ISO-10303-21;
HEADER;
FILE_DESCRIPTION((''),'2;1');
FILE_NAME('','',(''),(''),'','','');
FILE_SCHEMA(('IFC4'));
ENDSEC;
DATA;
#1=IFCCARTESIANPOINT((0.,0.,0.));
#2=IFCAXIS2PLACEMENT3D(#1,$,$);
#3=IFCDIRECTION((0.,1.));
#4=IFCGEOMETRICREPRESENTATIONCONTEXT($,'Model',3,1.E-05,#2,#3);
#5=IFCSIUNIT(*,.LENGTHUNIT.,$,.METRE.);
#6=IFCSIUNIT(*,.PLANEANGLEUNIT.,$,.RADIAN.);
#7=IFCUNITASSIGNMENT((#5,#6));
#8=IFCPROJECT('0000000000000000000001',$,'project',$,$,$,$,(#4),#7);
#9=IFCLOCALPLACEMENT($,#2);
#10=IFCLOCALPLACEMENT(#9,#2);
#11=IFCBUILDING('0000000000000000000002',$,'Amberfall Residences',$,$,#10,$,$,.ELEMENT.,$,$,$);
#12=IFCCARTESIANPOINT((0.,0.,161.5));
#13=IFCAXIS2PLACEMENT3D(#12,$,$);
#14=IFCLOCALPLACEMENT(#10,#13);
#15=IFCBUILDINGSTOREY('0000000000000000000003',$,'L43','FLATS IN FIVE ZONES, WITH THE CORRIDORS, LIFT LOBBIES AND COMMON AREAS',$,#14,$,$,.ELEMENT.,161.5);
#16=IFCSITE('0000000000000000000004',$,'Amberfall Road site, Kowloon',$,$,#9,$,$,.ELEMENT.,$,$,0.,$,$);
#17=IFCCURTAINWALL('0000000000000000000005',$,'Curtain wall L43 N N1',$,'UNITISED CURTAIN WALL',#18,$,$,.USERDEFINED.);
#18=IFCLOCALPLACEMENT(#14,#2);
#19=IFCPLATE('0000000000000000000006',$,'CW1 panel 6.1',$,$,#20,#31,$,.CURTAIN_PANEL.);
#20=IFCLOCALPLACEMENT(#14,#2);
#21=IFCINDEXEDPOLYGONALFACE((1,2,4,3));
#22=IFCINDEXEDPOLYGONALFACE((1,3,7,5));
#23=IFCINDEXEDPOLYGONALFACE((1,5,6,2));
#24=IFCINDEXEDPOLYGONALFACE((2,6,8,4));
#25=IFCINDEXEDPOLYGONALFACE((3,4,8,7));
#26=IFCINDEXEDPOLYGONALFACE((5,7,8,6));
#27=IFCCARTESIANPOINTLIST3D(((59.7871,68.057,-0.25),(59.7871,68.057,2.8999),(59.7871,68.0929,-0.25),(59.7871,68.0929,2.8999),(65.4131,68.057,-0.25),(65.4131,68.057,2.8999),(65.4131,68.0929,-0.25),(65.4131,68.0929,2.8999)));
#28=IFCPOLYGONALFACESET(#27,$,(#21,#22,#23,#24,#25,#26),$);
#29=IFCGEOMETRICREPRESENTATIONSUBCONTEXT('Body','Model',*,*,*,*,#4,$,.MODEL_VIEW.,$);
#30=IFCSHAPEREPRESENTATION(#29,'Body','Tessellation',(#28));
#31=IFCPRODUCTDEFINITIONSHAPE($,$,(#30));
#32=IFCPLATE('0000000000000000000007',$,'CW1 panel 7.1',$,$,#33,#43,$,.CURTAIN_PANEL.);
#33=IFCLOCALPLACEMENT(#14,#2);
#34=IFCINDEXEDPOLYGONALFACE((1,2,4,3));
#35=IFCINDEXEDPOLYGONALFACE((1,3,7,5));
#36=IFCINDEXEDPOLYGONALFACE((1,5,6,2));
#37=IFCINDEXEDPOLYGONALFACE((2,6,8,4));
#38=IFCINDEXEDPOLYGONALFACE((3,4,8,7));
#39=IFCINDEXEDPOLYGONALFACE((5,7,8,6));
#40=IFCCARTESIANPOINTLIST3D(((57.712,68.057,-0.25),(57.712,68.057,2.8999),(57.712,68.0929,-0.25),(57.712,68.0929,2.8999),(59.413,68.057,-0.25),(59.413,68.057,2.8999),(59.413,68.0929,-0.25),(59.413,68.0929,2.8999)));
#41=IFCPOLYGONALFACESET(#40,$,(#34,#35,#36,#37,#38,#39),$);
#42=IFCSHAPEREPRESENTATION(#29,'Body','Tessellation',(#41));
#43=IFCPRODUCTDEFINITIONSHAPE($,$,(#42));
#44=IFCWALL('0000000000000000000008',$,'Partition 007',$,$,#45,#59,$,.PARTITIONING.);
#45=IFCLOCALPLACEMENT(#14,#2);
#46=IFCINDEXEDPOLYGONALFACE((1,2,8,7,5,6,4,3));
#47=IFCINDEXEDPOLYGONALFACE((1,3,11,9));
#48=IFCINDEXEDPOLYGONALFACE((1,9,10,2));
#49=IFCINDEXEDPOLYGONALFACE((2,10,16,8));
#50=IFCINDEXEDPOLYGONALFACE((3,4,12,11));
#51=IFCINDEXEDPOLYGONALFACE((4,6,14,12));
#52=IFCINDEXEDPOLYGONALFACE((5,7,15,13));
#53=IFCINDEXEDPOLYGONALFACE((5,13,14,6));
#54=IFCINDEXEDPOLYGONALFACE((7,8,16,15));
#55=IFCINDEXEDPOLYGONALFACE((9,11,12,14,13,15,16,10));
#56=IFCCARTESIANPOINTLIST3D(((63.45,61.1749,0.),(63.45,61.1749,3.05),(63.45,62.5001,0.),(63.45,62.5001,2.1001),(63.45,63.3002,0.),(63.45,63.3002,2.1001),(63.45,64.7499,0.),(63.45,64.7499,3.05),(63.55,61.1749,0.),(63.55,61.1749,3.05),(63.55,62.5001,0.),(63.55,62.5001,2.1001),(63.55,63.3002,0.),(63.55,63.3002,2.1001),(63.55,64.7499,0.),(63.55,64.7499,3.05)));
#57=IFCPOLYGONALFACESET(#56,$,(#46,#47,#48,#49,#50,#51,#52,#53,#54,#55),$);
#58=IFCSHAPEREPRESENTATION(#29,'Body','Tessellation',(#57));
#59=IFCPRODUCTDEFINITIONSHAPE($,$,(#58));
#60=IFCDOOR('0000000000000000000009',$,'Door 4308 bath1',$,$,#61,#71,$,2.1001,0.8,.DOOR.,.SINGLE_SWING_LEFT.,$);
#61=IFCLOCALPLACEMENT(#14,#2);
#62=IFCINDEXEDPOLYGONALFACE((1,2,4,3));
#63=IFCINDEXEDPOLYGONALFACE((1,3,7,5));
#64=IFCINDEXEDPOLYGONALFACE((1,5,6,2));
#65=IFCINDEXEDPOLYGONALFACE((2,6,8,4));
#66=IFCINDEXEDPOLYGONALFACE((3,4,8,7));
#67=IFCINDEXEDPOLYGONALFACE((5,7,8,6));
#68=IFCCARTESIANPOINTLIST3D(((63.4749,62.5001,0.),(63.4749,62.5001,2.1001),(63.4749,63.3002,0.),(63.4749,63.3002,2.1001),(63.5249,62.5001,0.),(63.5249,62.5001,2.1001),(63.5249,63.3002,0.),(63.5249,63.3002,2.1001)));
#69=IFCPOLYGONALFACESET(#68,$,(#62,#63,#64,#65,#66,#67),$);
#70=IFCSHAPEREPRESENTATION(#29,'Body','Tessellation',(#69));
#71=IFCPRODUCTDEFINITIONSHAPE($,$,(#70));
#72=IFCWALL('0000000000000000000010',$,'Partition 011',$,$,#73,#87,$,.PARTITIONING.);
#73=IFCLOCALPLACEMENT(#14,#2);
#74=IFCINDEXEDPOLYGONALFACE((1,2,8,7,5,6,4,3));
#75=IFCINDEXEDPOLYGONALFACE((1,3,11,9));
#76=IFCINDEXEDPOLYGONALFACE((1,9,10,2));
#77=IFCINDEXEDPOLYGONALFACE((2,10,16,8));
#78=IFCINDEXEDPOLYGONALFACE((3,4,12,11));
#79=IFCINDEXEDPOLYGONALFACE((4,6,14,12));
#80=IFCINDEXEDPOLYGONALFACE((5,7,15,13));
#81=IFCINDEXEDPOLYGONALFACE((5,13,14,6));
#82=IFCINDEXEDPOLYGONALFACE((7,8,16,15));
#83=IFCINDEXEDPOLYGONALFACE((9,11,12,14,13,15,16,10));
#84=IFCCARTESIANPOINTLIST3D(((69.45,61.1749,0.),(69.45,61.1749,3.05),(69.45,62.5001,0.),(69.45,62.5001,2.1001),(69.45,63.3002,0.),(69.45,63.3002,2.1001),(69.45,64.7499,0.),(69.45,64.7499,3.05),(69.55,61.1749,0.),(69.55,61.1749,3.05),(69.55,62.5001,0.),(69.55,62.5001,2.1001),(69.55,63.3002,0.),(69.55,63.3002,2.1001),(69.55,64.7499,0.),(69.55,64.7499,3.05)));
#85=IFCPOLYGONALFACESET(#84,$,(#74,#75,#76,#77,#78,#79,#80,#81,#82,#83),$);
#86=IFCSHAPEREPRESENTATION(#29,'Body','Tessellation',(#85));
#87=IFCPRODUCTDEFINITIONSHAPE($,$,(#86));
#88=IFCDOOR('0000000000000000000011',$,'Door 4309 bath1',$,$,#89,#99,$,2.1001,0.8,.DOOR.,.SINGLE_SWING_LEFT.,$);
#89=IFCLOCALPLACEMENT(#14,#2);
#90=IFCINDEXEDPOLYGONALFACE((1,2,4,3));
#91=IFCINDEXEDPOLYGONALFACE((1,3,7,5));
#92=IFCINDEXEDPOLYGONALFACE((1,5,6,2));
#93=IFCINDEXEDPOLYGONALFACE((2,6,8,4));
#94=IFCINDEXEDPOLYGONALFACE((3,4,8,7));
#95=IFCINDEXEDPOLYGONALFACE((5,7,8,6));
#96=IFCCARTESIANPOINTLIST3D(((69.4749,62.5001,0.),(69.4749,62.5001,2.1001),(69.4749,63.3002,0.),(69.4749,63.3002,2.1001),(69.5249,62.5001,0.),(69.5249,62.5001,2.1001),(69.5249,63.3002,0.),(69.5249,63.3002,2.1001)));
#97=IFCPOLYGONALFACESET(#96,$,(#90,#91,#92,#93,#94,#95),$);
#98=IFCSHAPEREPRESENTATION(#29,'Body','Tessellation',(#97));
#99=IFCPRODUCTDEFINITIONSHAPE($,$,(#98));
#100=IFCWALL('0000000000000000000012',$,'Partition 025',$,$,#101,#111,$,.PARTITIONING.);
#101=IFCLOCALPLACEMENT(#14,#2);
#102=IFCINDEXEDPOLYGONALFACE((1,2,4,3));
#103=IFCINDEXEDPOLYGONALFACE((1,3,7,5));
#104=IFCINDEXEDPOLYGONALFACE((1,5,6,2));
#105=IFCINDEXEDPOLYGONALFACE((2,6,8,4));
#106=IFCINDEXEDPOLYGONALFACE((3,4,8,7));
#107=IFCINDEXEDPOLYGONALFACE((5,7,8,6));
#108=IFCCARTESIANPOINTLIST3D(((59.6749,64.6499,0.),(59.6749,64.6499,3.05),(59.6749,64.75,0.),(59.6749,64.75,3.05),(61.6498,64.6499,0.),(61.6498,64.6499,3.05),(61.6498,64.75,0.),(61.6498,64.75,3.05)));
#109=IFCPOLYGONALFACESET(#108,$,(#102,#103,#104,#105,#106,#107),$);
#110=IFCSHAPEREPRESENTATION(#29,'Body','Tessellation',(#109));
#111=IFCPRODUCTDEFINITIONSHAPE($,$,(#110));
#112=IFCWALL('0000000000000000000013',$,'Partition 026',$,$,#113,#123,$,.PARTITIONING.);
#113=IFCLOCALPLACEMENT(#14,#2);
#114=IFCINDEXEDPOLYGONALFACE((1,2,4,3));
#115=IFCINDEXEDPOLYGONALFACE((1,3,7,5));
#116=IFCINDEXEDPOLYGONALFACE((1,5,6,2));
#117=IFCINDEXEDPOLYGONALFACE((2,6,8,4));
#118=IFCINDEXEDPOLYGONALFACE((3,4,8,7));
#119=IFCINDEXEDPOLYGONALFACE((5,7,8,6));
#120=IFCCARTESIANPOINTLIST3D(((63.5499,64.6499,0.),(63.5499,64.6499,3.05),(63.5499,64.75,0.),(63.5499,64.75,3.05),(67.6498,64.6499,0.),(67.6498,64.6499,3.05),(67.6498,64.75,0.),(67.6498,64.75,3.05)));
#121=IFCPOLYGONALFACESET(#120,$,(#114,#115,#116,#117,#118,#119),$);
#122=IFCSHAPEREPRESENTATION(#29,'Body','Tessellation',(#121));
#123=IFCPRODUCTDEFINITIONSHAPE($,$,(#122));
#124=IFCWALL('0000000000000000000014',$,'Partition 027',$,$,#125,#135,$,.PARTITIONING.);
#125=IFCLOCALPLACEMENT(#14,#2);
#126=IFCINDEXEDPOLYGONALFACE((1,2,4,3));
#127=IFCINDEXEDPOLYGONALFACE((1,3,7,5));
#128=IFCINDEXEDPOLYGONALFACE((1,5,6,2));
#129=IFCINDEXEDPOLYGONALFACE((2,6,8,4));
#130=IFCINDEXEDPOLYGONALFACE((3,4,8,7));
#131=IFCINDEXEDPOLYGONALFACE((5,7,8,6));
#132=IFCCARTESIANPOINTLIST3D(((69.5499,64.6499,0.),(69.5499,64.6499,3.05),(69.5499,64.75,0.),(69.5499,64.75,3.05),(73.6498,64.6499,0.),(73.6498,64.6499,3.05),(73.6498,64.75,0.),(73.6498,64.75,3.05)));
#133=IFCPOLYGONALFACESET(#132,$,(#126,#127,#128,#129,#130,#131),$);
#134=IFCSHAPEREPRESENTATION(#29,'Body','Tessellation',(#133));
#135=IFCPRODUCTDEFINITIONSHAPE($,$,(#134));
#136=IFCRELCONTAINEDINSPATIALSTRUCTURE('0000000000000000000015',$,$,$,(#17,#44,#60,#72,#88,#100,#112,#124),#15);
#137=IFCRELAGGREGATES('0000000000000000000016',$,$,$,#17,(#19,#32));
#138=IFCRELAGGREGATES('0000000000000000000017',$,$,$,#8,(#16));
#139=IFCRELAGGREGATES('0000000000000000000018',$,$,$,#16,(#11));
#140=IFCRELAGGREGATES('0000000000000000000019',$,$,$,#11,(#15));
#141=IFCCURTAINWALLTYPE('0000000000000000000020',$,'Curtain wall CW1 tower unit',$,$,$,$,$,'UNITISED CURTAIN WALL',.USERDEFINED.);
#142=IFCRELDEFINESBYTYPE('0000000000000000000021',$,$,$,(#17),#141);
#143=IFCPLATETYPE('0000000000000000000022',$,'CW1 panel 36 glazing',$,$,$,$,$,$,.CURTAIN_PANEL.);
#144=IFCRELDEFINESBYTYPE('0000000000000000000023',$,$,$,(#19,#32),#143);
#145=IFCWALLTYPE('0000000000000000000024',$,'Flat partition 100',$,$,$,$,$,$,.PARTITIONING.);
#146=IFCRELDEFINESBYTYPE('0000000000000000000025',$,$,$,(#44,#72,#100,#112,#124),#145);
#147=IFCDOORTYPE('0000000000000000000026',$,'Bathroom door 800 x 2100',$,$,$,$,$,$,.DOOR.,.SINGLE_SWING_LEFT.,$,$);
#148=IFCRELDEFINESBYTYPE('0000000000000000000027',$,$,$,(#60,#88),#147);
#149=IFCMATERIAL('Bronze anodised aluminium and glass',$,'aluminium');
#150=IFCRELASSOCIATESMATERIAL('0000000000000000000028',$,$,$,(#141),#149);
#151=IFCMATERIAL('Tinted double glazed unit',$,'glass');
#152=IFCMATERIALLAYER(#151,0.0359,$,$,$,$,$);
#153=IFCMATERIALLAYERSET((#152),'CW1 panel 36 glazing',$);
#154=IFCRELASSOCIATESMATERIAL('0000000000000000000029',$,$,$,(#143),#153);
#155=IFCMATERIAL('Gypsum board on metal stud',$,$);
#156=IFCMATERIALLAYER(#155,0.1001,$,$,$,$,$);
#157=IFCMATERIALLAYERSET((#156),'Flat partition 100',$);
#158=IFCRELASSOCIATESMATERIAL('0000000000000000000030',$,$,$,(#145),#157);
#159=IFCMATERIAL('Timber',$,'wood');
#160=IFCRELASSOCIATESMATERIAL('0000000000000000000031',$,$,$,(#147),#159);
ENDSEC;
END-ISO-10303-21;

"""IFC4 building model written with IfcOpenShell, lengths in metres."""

from ifc_helpers import new_model, si_unit, direction, frame, frame_2d, origin, origin_2d, place, context, subcontext, project, spatial, rectangle, extrude, material, layer, layer_set, type_object, element, fill, aggregate, save


model = new_model("IFC4")

# Units and contexts
model_context = context("Model", 3, precision=1e-05, world=origin(), true_north=direction((0.0, 1.0)))
body_context = subcontext(model_context, "Body", "Model", "MODEL_VIEW")
ifc_project = project(units=[si_unit("LENGTHUNIT", "METRE"), si_unit("PLANEANGLEUNIT", "RADIAN")], contexts=[model_context])

# Site, building, storey
site_placement = place(None, origin())
site = spatial("IfcSite", under=ifc_project, at=site_placement, Name="Amberfall Road site, Kowloon", CompositionType="ELEMENT", RefElevation=0.0)
building_placement = place(site_placement, origin())
building = spatial("IfcBuilding", under=site, at=building_placement, Name="Amberfall Residences", CompositionType="ELEMENT")
storey_placement = place(building_placement, frame((0.0, 0.0, 161.5)))
storey = spatial("IfcBuildingStorey", under=building, at=storey_placement, Name="L43", Description="FLATS IN FIVE ZONES, WITH THE CORRIDORS, LIFT LOBBIES AND COMMON AREAS", CompositionType="ELEMENT", Elevation=161.5)

# Curtain wall
ifc_material_1 = material(Name="Bronze anodised aluminium and glass", Category="aluminium")
curtain_wall_type = type_object("IfcCurtainWallType", Name="Curtain wall CW1 tower unit", ElementType="UNITISED CURTAIN WALL", PredefinedType="USERDEFINED", material=ifc_material_1)
curtain_wall_placement = place(storey_placement, origin())
curtain_wall = element("IfcCurtainWall", 1, at=curtain_wall_placement, inside=storey, type_object=curtain_wall_type, Name="Curtain wall L43 N N1", ObjectType="UNITISED CURTAIN WALL", PredefinedType="USERDEFINED")

# Plates
ifc_material_2 = material(Name="Tinted double glazed unit", Category="glass")
ifc_layer_1 = layer(ifc_material_2, 0.0359)
ifc_layer_set_1 = layer_set([ifc_layer_1], Name="CW1 panel 36 glazing")
plate_type = type_object("IfcPlateType", Name="CW1 panel 36 glazing", PredefinedType="CURTAIN_PANEL", material=ifc_layer_set_1)
plate_1_placement = place(storey_placement, frame((62.6001, 68.075, -0.25), z_axis=(0.0, 0.0, 1.0), x_axis=(-1.0, 0.0, 0.0)))
plate_1 = element("IfcPlate", 2, at=plate_1_placement, type_object=plate_type, Name="CW1 panel 6.1", PredefinedType="CURTAIN_PANEL", context=body_context, shape_type="SweptSolid", body=[
    extrude(rectangle(XDim=5.626, YDim=0.0359, at=origin_2d()), origin(), (0.0, 0.0, 1.0), 3.1499),
])
plate_2_placement = place(storey_placement, frame((58.5625, 68.075, -0.25), z_axis=(0.0, 0.0, 1.0), x_axis=(-1.0, 0.0, 0.0)))
plate_2 = element("IfcPlate", 3, at=plate_2_placement, type_object=plate_type, Name="CW1 panel 7.1", PredefinedType="CURTAIN_PANEL", context=body_context, shape_type="SweptSolid", body=[
    extrude(rectangle(XDim=1.7009, YDim=0.0359, at=origin_2d()), origin(), (0.0, 0.0, 1.0), 3.1499),
])
aggregate(curtain_wall, [plate_1, plate_2])

# Walls, openings, doors
ifc_material_3 = material(Name="Gypsum board on metal stud")
ifc_layer_2 = layer(ifc_material_3, 0.1001)
ifc_layer_set_2 = layer_set([ifc_layer_2], Name="Flat partition 100")
wall_type = type_object("IfcWallType", Name="Flat partition 100", PredefinedType="PARTITIONING", material=ifc_layer_set_2)
wall_1_placement = place(storey_placement, frame((63.5, 64.75, 0.0), z_axis=(0.0, 0.0, 1.0), x_axis=(0.0, -1.0, 0.0)))
wall_1 = element("IfcWall", 4, at=wall_1_placement, inside=storey, type_object=wall_type, Name="Partition 007", PredefinedType="PARTITIONING", context=body_context, shape_type="SweptSolid", body=[
    extrude(rectangle(XDim=3.575, YDim=0.1001, at=frame_2d((1.7876, 0.0))), origin(), (0.0, 0.0, 1.0), 3.05),
])
opening_1_placement = place(wall_1_placement, frame((1.45, 0.0, 0.0)))
opening_1 = element("IfcOpeningElement", 5, at=opening_1_placement, cuts=wall_1, PredefinedType="OPENING", context=body_context, shape_type="SweptSolid", body=[
    extrude(rectangle(XDim=0.8, YDim=2.1001, at=frame_2d((0.3999, 1.05))), frame((0.0, 0.0601, 0.0), z_axis=(0.0, -1.0, 0.0), x_axis=(1.0, 0.0, 0.0)), (0.0, 0.0, 1.0), 0.1201),
])
ifc_material_4 = material(Name="Timber", Category="wood")
door_type = type_object("IfcDoorType", Name="Bathroom door 800 x 2100", OperationType="SINGLE_SWING_LEFT", PredefinedType="DOOR", material=ifc_material_4)
door_1_placement = place(opening_1_placement, origin())
door_1 = element("IfcDoor", 6, at=door_1_placement, inside=storey, type_object=door_type, Name="Door 4308 bath1", OperationType="SINGLE_SWING_LEFT", OverallHeight=2.1001, OverallWidth=0.8, PredefinedType="DOOR", context=body_context, shape_type="SweptSolid", body=[
    extrude(rectangle(XDim=0.8, YDim=2.1001, at=frame_2d((0.3999, 1.05))), frame((0.0, 0.0249, 0.0), z_axis=(0.0, -1.0, 0.0), x_axis=(1.0, 0.0, 0.0)), (0.0, 0.0, 1.0), 0.05),
])
fill(opening_1, door_1)
wall_2_placement = place(storey_placement, frame((69.5, 64.75, 0.0), z_axis=(0.0, 0.0, 1.0), x_axis=(0.0, -1.0, 0.0)))
wall_2 = element("IfcWall", 7, at=wall_2_placement, inside=storey, type_object=wall_type, Name="Partition 011", PredefinedType="PARTITIONING", context=body_context, shape_type="SweptSolid", body=[
    extrude(rectangle(XDim=3.575, YDim=0.1001, at=frame_2d((1.7876, 0.0))), origin(), (0.0, 0.0, 1.0), 3.05),
])
opening_2_placement = place(wall_2_placement, frame((1.45, 0.0, 0.0)))
opening_2 = element("IfcOpeningElement", 8, at=opening_2_placement, cuts=wall_2, PredefinedType="OPENING", context=body_context, shape_type="SweptSolid", body=[
    extrude(rectangle(XDim=0.8, YDim=2.1001, at=frame_2d((0.3999, 1.05))), frame((0.0, 0.0601, 0.0), z_axis=(0.0, -1.0, 0.0), x_axis=(1.0, 0.0, 0.0)), (0.0, 0.0, 1.0), 0.1201),
])
door_2_placement = place(opening_2_placement, origin())
door_2 = element("IfcDoor", 9, at=door_2_placement, inside=storey, type_object=door_type, Name="Door 4309 bath1", OperationType="SINGLE_SWING_LEFT", OverallHeight=2.1001, OverallWidth=0.8, PredefinedType="DOOR", context=body_context, shape_type="SweptSolid", body=[
    extrude(rectangle(XDim=0.8, YDim=2.1001, at=frame_2d((0.3999, 1.05))), frame((0.0, 0.0249, 0.0), z_axis=(0.0, -1.0, 0.0), x_axis=(1.0, 0.0, 0.0)), (0.0, 0.0, 1.0), 0.05),
])
fill(opening_2, door_2)

# Walls
wall_3_placement = place(storey_placement, frame((59.675, 64.7, 0.0), z_axis=(0.0, 0.0, 1.0), x_axis=(1.0, 0.0, 0.0)))
element("IfcWall", 10, at=wall_3_placement, inside=storey, type_object=wall_type, Name="Partition 025", PredefinedType="PARTITIONING", context=body_context, shape_type="SweptSolid", body=[
    extrude(rectangle(XDim=1.9749, YDim=0.1001, at=frame_2d((0.9873, 0.0))), origin(), (0.0, 0.0, 1.0), 3.05),
])
for number, where, z_axis, x_axis, name in (
    (11, (63.55, 64.7, 0.0), (0.0, 0.0, 1.0), (1.0, 0.0, 0.0), "Partition 026"),
    (12, (69.55, 64.7, 0.0), (0.0, 0.0, 1.0), (1.0, 0.0, 0.0), "Partition 027"),
):
    element("IfcWall", number, at=place(storey_placement, frame(where, z_axis=z_axis, x_axis=x_axis)), inside=storey, type_object=wall_type, Name=name, PredefinedType="PARTITIONING", context=body_context, shape_type="SweptSolid", body=[
        extrude(rectangle(XDim=4.0999, YDim=0.1001, at=frame_2d((2.0498, 0.0))), origin(), (0.0, 0.0, 1.0), 3.05),
    ])

save(model, "model.ifc")
